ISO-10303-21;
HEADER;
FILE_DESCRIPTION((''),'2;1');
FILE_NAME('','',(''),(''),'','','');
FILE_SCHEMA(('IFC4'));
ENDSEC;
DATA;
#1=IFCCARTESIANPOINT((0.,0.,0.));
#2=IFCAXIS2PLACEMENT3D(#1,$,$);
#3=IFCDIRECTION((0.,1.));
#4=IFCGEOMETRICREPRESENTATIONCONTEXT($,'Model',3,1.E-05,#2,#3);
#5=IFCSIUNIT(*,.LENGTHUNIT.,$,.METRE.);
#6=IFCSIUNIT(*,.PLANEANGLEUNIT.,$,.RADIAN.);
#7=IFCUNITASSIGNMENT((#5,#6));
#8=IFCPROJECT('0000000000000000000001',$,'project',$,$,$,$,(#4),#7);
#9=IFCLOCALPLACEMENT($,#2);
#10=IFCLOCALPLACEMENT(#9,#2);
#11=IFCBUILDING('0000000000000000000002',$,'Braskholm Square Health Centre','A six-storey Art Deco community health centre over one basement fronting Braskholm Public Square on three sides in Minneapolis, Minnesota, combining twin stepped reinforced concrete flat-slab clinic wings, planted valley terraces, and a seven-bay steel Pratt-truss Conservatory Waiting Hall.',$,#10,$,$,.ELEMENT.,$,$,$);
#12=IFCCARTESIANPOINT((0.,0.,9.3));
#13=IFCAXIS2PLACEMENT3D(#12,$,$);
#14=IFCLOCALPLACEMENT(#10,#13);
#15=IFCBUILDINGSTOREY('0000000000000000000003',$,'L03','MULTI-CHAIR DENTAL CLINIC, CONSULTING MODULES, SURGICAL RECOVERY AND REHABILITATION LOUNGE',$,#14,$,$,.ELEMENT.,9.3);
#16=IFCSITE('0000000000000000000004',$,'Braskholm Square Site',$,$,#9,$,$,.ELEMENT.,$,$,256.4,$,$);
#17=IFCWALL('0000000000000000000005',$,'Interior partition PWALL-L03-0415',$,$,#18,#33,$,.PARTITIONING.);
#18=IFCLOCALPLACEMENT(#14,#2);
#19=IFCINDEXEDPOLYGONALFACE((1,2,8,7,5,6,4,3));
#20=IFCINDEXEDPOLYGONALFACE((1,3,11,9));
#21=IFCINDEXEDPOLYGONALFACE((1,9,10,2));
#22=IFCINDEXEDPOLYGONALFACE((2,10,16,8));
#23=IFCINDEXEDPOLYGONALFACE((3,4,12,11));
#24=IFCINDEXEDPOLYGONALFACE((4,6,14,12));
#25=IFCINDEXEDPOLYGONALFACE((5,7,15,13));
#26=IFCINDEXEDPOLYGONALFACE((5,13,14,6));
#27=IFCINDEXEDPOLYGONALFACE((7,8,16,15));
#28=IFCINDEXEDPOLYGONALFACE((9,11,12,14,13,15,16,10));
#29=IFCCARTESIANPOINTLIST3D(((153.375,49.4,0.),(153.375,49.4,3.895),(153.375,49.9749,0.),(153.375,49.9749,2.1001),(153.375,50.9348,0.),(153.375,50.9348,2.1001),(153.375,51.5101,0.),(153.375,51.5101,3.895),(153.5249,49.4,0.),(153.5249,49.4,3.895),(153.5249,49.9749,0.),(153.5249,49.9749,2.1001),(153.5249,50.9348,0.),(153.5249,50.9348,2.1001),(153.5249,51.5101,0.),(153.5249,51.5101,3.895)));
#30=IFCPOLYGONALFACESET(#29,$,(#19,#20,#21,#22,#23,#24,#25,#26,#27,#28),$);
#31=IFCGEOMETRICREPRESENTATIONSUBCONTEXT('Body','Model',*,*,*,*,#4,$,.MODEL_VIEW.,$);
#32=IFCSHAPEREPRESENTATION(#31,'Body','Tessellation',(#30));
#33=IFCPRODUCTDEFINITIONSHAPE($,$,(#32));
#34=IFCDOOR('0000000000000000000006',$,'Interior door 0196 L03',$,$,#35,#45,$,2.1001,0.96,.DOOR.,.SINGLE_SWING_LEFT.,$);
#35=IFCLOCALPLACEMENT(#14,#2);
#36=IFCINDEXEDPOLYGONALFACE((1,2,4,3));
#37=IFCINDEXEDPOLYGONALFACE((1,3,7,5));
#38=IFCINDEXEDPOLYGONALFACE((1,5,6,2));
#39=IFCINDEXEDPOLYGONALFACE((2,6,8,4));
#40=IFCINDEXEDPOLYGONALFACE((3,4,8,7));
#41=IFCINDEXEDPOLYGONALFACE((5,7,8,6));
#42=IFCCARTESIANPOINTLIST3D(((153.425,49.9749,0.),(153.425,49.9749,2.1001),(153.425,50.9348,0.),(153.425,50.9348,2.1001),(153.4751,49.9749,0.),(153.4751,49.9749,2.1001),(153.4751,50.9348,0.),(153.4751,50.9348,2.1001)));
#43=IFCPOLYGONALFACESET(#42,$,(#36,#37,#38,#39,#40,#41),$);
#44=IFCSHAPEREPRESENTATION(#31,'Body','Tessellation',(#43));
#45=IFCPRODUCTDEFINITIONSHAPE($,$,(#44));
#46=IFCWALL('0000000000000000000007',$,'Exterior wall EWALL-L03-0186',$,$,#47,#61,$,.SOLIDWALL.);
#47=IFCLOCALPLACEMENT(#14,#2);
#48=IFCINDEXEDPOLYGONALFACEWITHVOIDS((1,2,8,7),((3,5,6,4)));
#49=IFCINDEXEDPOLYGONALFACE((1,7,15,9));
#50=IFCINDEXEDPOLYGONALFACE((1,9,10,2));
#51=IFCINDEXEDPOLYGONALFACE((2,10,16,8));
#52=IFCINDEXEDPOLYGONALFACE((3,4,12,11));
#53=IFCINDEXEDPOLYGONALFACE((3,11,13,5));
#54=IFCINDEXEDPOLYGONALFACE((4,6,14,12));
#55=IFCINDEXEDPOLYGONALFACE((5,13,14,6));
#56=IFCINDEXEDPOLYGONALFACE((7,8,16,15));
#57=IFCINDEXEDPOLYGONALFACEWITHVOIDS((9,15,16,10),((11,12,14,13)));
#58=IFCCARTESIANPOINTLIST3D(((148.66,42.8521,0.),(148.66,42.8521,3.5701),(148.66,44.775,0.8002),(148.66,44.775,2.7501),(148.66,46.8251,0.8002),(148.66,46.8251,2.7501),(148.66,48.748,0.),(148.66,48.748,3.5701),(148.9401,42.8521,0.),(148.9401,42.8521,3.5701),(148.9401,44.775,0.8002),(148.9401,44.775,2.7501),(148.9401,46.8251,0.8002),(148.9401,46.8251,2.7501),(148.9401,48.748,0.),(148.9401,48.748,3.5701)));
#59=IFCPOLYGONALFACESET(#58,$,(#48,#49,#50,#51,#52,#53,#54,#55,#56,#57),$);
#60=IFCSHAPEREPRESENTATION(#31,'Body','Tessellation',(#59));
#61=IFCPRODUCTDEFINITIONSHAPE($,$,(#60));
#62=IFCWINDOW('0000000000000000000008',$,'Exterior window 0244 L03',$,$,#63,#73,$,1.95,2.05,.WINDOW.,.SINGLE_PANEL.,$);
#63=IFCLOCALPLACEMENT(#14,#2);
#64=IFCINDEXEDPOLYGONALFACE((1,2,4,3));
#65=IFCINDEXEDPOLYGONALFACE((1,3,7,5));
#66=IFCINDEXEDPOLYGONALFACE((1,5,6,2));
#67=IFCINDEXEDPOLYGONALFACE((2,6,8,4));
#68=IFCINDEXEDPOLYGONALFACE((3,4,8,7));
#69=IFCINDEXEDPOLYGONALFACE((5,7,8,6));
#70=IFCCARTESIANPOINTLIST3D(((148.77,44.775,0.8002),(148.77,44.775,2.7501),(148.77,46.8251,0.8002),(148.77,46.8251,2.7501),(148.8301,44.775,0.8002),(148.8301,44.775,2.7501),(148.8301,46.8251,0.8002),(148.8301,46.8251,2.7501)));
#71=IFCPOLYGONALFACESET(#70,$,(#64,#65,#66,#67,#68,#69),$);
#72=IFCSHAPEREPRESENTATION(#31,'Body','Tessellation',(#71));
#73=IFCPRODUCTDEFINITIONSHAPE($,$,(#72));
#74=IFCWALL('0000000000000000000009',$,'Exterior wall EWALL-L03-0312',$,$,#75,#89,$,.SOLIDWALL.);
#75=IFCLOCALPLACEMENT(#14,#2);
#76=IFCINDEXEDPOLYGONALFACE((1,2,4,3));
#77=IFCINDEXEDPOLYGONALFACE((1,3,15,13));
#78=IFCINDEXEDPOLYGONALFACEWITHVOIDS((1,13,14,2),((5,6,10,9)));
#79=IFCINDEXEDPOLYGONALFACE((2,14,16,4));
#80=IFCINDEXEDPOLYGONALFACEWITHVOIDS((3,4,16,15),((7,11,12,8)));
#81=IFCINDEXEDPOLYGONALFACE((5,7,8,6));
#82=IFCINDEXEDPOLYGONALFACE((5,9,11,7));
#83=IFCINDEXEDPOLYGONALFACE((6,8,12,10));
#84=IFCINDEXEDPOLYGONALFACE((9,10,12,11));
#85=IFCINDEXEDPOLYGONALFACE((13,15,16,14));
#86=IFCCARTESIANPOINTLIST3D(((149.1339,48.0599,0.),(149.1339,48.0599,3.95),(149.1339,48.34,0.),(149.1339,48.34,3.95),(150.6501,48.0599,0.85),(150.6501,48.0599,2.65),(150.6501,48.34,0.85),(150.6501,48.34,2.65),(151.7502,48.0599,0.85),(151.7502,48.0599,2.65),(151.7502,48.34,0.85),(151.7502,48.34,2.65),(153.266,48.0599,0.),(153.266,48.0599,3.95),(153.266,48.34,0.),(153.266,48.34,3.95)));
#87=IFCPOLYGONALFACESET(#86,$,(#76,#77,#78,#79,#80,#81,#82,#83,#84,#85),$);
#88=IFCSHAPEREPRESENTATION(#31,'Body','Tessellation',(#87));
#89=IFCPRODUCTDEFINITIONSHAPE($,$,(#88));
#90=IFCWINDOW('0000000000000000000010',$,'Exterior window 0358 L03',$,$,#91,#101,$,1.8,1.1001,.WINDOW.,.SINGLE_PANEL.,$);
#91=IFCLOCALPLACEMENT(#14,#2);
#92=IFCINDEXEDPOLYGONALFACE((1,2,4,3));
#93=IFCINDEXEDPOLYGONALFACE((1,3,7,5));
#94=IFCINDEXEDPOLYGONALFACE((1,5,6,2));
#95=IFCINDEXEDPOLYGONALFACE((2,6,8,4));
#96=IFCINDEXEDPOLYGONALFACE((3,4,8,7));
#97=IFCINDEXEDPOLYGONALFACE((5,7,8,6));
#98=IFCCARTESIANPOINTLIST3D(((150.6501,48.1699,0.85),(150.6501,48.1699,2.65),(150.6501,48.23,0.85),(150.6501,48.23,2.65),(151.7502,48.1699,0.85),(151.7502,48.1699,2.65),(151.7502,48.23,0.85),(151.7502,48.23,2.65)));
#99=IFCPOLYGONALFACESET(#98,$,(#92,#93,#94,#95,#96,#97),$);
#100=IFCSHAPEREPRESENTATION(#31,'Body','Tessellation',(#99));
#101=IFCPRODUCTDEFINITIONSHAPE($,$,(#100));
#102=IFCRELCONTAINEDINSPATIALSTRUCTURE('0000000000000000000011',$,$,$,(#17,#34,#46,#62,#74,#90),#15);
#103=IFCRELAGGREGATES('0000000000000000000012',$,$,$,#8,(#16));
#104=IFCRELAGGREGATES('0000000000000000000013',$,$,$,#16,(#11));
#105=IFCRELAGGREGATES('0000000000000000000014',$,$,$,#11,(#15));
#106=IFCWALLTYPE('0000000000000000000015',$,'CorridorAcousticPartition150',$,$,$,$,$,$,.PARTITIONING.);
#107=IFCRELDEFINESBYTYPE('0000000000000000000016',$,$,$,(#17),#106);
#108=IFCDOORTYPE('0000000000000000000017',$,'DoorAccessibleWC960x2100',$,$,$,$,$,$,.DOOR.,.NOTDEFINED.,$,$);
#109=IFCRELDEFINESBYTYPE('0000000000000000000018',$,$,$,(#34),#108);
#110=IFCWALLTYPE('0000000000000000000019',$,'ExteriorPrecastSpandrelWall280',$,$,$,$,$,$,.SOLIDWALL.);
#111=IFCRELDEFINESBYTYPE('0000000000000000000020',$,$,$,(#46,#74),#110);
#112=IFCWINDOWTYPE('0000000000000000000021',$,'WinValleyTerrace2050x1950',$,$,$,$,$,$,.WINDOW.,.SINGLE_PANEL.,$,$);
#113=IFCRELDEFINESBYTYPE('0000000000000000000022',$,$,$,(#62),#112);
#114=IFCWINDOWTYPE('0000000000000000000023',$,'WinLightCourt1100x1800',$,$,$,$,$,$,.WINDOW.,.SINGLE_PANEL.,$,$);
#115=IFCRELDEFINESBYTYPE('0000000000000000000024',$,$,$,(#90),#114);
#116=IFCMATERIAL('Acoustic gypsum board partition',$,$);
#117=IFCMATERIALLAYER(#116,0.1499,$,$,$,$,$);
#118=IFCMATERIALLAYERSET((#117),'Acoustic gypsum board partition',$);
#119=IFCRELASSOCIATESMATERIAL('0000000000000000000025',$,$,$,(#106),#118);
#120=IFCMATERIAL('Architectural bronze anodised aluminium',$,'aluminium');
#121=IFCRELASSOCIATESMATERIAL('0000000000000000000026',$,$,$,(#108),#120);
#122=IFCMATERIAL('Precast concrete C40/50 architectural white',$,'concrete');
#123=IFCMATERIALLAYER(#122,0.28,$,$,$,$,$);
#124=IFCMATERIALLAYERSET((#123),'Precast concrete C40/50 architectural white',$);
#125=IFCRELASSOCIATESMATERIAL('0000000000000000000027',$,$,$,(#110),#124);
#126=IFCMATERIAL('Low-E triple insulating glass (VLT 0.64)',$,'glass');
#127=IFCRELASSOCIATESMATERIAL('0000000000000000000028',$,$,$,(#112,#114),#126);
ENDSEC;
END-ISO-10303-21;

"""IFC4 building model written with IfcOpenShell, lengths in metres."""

from ifc_helpers import new_model, si_unit, direction, frame, frame_2d, origin, origin_with_axes, place, context, subcontext, project, spatial, rectangle, extrude, material, layer, layer_set, type_object, element, fill, save


model = new_model("IFC4")

# Units and contexts
model_context = context("Model", 3, precision=1e-05, world=origin(), true_north=direction((0.0, 1.0)))
body_context = subcontext(model_context, "Body", "Model", "MODEL_VIEW")
ifc_project = project(units=[si_unit("LENGTHUNIT", "METRE"), si_unit("PLANEANGLEUNIT", "RADIAN")], contexts=[model_context])

# Site, building, storey
site_placement = place(None, origin())
site = spatial("IfcSite", under=ifc_project, at=site_placement, Name="Braskholm Square Site", CompositionType="ELEMENT", RefElevation=256.4)
building_placement = place(site_placement, origin())
building = spatial("IfcBuilding", under=site, at=building_placement, Name="Braskholm Square Health Centre", Description="A six-storey Art Deco community health centre over one basement fronting Braskholm Public Square on three sides in Minneapolis, Minnesota, combining twin stepped reinforced concrete flat-slab clinic wings, planted valley terraces, and a seven-bay steel Pratt-truss Conservatory Waiting Hall.", CompositionType="ELEMENT")
storey_placement = place(building_placement, frame((0.0, 0.0, 9.3)))
storey = spatial("IfcBuildingStorey", under=building, at=storey_placement, Name="L03", Description="MULTI-CHAIR DENTAL CLINIC, CONSULTING MODULES, SURGICAL RECOVERY AND REHABILITATION LOUNGE", CompositionType="ELEMENT", Elevation=9.3)

# Shared definitions
ifc_material_1 = material(Name="Low-E triple insulating glass (VLT 0.64)", Category="glass")
ifc_material_2 = material(Name="Architectural bronze anodised aluminium", Category="aluminium")

# Wall, opening, door
ifc_material_3 = material(Name="Acoustic gypsum board partition")
ifc_layer_1 = layer(ifc_material_3, 0.1499)
ifc_layer_set_1 = layer_set([ifc_layer_1], Name="Acoustic gypsum board partition")
wall_type_1 = type_object("IfcWallType", Name="CorridorAcousticPartition150", PredefinedType="PARTITIONING", material=ifc_layer_set_1)
wall_1_placement = place(storey_placement, frame((153.45, 49.3999, 0.0), z_axis=(0.0, 0.0, 1.0), x_axis=(0.0, 1.0, 0.0)))
wall_1 = element("IfcWall", 1, at=wall_1_placement, inside=storey, type_object=wall_type_1, Name="Interior partition PWALL-L03-0415", PredefinedType="PARTITIONING", context=body_context, shape_type="SweptSolid", body=[
    extrude(rectangle(XDim=2.1101, YDim=0.1499, at=frame_2d((1.0552, 0.0))), origin(), (0.0, 0.0, 1.0), 3.895),
])
opening_1_placement = place(wall_1_placement, frame((0.575, 0.0, 0.0)))
opening_1 = element("IfcOpeningElement", 2, at=opening_1_placement, cuts=wall_1, PredefinedType="OPENING", context=body_context, shape_type="SweptSolid", body=[
    extrude(rectangle(XDim=0.96, YDim=2.1001, at=frame_2d((0.48, 1.05))), frame((0.0, 0.085, 0.0), z_axis=(0.0, -1.0, 0.0), x_axis=(1.0, 0.0, 0.0)), (0.0, 0.0, 1.0), 0.1699),
])
door_type = type_object("IfcDoorType", Name="DoorAccessibleWC960x2100", OperationType="NOTDEFINED", PredefinedType="DOOR", material=ifc_material_2)
door_placement = place(opening_1_placement, origin_with_axes())
door = element("IfcDoor", 3, at=door_placement, inside=storey, type_object=door_type, Name="Interior door 0196 L03", OperationType="SINGLE_SWING_LEFT", OverallHeight=2.1001, OverallWidth=0.96, PredefinedType="DOOR", context=body_context, shape_type="SweptSolid", body=[
    extrude(rectangle(XDim=0.96, YDim=2.1001, at=frame_2d((0.48, 1.05))), frame((0.0, 0.0249, 0.0), z_axis=(0.0, -1.0, 0.0), x_axis=(1.0, 0.0, 0.0)), (0.0, 0.0, 1.0), 0.05),
])
fill(opening_1, door)

# Walls, openings, windows
ifc_material_4 = material(Name="Precast concrete C40/50 architectural white", Category="concrete")
ifc_layer_2 = layer(ifc_material_4, 0.28)
ifc_layer_set_2 = layer_set([ifc_layer_2], Name="Precast concrete C40/50 architectural white")
wall_type_2 = type_object("IfcWallType", Name="ExteriorPrecastSpandrelWall280", PredefinedType="SOLIDWALL", material=ifc_layer_set_2)
wall_2_placement = place(storey_placement, frame((148.8, 48.748, 0.0), z_axis=(0.0, 0.0, 1.0), x_axis=(0.0, -1.0, 0.0)))
wall_2 = element("IfcWall", 4, at=wall_2_placement, inside=storey, type_object=wall_type_2, Name="Exterior wall EWALL-L03-0186", PredefinedType="SOLIDWALL", context=body_context, shape_type="SweptSolid", body=[
    extrude(rectangle(XDim=5.896, YDim=0.28, at=frame_2d((2.948, 0.0))), origin(), (0.0, 0.0, 1.0), 3.5701),
])
opening_2_placement = place(wall_2_placement, frame((1.9231, 0.0, 0.8)))
opening_2 = element("IfcOpeningElement", 5, at=opening_2_placement, cuts=wall_2, PredefinedType="OPENING", context=body_context, shape_type="SweptSolid", body=[
    extrude(rectangle(XDim=2.05, YDim=1.95, at=frame_2d((1.0249, 0.9751))), frame((0.0, 0.1499, 0.0), z_axis=(0.0, -1.0, 0.0), x_axis=(1.0, 0.0, 0.0)), (0.0, 0.0, 1.0), 0.3),
])
window_type_1 = type_object("IfcWindowType", Name="WinValleyTerrace2050x1950", PartitioningType="SINGLE_PANEL", PredefinedType="WINDOW", material=ifc_material_1)
window_1_placement = place(opening_2_placement, origin_with_axes())
window_1 = element("IfcWindow", 6, at=window_1_placement, inside=storey, type_object=window_type_1, Name="Exterior window 0244 L03", OverallHeight=1.95, OverallWidth=2.05, PartitioningType="SINGLE_PANEL", PredefinedType="WINDOW", context=body_context, shape_type="SweptSolid", body=[
    extrude(rectangle(XDim=2.05, YDim=1.95, at=frame_2d((1.0249, 0.9751))), frame((0.0, 0.03, 0.0), z_axis=(0.0, -1.0, 0.0), x_axis=(1.0, 0.0, 0.0)), (0.0, 0.0, 1.0), 0.0601),
])
fill(opening_2, window_1)
wall_3_placement = place(storey_placement, frame((149.134, 48.2, 0.0), z_axis=(0.0, 0.0, 1.0), x_axis=(1.0, 0.0, 0.0)))
wall_3 = element("IfcWall", 7, at=wall_3_placement, inside=storey, type_object=wall_type_2, Name="Exterior wall EWALL-L03-0312", PredefinedType="SOLIDWALL", context=body_context, shape_type="SweptSolid", body=[
    extrude(rectangle(XDim=4.1321, YDim=0.28, at=frame_2d((2.0659, 0.0))), origin(), (0.0, 0.0, 1.0), 3.95),
])
opening_3_placement = place(wall_3_placement, frame((1.5161, 0.0, 0.8501)))
opening_3 = element("IfcOpeningElement", 8, at=opening_3_placement, cuts=wall_3, PredefinedType="OPENING", context=body_context, shape_type="SweptSolid", body=[
    extrude(rectangle(XDim=1.1001, YDim=1.8, at=frame_2d((0.55, 0.8999))), frame((0.0, 0.1499, 0.0), z_axis=(0.0, -1.0, 0.0), x_axis=(1.0, 0.0, 0.0)), (0.0, 0.0, 1.0), 0.3),
])
window_type_2 = type_object("IfcWindowType", Name="WinLightCourt1100x1800", PartitioningType="SINGLE_PANEL", PredefinedType="WINDOW", material=ifc_material_1)
window_2_placement = place(opening_3_placement, origin_with_axes())
window_2 = element("IfcWindow", 9, at=window_2_placement, inside=storey, type_object=window_type_2, Name="Exterior window 0358 L03", OverallHeight=1.8, OverallWidth=1.1001, PartitioningType="SINGLE_PANEL", PredefinedType="WINDOW", context=body_context, shape_type="SweptSolid", body=[
    extrude(rectangle(XDim=1.1001, YDim=1.8, at=frame_2d((0.55, 0.8999))), frame((0.0, 0.03, 0.0), z_axis=(0.0, -1.0, 0.0), x_axis=(1.0, 0.0, 0.0)), (0.0, 0.0, 1.0), 0.0601),
])
fill(opening_3, window_2)

save(model, "model.ifc")
